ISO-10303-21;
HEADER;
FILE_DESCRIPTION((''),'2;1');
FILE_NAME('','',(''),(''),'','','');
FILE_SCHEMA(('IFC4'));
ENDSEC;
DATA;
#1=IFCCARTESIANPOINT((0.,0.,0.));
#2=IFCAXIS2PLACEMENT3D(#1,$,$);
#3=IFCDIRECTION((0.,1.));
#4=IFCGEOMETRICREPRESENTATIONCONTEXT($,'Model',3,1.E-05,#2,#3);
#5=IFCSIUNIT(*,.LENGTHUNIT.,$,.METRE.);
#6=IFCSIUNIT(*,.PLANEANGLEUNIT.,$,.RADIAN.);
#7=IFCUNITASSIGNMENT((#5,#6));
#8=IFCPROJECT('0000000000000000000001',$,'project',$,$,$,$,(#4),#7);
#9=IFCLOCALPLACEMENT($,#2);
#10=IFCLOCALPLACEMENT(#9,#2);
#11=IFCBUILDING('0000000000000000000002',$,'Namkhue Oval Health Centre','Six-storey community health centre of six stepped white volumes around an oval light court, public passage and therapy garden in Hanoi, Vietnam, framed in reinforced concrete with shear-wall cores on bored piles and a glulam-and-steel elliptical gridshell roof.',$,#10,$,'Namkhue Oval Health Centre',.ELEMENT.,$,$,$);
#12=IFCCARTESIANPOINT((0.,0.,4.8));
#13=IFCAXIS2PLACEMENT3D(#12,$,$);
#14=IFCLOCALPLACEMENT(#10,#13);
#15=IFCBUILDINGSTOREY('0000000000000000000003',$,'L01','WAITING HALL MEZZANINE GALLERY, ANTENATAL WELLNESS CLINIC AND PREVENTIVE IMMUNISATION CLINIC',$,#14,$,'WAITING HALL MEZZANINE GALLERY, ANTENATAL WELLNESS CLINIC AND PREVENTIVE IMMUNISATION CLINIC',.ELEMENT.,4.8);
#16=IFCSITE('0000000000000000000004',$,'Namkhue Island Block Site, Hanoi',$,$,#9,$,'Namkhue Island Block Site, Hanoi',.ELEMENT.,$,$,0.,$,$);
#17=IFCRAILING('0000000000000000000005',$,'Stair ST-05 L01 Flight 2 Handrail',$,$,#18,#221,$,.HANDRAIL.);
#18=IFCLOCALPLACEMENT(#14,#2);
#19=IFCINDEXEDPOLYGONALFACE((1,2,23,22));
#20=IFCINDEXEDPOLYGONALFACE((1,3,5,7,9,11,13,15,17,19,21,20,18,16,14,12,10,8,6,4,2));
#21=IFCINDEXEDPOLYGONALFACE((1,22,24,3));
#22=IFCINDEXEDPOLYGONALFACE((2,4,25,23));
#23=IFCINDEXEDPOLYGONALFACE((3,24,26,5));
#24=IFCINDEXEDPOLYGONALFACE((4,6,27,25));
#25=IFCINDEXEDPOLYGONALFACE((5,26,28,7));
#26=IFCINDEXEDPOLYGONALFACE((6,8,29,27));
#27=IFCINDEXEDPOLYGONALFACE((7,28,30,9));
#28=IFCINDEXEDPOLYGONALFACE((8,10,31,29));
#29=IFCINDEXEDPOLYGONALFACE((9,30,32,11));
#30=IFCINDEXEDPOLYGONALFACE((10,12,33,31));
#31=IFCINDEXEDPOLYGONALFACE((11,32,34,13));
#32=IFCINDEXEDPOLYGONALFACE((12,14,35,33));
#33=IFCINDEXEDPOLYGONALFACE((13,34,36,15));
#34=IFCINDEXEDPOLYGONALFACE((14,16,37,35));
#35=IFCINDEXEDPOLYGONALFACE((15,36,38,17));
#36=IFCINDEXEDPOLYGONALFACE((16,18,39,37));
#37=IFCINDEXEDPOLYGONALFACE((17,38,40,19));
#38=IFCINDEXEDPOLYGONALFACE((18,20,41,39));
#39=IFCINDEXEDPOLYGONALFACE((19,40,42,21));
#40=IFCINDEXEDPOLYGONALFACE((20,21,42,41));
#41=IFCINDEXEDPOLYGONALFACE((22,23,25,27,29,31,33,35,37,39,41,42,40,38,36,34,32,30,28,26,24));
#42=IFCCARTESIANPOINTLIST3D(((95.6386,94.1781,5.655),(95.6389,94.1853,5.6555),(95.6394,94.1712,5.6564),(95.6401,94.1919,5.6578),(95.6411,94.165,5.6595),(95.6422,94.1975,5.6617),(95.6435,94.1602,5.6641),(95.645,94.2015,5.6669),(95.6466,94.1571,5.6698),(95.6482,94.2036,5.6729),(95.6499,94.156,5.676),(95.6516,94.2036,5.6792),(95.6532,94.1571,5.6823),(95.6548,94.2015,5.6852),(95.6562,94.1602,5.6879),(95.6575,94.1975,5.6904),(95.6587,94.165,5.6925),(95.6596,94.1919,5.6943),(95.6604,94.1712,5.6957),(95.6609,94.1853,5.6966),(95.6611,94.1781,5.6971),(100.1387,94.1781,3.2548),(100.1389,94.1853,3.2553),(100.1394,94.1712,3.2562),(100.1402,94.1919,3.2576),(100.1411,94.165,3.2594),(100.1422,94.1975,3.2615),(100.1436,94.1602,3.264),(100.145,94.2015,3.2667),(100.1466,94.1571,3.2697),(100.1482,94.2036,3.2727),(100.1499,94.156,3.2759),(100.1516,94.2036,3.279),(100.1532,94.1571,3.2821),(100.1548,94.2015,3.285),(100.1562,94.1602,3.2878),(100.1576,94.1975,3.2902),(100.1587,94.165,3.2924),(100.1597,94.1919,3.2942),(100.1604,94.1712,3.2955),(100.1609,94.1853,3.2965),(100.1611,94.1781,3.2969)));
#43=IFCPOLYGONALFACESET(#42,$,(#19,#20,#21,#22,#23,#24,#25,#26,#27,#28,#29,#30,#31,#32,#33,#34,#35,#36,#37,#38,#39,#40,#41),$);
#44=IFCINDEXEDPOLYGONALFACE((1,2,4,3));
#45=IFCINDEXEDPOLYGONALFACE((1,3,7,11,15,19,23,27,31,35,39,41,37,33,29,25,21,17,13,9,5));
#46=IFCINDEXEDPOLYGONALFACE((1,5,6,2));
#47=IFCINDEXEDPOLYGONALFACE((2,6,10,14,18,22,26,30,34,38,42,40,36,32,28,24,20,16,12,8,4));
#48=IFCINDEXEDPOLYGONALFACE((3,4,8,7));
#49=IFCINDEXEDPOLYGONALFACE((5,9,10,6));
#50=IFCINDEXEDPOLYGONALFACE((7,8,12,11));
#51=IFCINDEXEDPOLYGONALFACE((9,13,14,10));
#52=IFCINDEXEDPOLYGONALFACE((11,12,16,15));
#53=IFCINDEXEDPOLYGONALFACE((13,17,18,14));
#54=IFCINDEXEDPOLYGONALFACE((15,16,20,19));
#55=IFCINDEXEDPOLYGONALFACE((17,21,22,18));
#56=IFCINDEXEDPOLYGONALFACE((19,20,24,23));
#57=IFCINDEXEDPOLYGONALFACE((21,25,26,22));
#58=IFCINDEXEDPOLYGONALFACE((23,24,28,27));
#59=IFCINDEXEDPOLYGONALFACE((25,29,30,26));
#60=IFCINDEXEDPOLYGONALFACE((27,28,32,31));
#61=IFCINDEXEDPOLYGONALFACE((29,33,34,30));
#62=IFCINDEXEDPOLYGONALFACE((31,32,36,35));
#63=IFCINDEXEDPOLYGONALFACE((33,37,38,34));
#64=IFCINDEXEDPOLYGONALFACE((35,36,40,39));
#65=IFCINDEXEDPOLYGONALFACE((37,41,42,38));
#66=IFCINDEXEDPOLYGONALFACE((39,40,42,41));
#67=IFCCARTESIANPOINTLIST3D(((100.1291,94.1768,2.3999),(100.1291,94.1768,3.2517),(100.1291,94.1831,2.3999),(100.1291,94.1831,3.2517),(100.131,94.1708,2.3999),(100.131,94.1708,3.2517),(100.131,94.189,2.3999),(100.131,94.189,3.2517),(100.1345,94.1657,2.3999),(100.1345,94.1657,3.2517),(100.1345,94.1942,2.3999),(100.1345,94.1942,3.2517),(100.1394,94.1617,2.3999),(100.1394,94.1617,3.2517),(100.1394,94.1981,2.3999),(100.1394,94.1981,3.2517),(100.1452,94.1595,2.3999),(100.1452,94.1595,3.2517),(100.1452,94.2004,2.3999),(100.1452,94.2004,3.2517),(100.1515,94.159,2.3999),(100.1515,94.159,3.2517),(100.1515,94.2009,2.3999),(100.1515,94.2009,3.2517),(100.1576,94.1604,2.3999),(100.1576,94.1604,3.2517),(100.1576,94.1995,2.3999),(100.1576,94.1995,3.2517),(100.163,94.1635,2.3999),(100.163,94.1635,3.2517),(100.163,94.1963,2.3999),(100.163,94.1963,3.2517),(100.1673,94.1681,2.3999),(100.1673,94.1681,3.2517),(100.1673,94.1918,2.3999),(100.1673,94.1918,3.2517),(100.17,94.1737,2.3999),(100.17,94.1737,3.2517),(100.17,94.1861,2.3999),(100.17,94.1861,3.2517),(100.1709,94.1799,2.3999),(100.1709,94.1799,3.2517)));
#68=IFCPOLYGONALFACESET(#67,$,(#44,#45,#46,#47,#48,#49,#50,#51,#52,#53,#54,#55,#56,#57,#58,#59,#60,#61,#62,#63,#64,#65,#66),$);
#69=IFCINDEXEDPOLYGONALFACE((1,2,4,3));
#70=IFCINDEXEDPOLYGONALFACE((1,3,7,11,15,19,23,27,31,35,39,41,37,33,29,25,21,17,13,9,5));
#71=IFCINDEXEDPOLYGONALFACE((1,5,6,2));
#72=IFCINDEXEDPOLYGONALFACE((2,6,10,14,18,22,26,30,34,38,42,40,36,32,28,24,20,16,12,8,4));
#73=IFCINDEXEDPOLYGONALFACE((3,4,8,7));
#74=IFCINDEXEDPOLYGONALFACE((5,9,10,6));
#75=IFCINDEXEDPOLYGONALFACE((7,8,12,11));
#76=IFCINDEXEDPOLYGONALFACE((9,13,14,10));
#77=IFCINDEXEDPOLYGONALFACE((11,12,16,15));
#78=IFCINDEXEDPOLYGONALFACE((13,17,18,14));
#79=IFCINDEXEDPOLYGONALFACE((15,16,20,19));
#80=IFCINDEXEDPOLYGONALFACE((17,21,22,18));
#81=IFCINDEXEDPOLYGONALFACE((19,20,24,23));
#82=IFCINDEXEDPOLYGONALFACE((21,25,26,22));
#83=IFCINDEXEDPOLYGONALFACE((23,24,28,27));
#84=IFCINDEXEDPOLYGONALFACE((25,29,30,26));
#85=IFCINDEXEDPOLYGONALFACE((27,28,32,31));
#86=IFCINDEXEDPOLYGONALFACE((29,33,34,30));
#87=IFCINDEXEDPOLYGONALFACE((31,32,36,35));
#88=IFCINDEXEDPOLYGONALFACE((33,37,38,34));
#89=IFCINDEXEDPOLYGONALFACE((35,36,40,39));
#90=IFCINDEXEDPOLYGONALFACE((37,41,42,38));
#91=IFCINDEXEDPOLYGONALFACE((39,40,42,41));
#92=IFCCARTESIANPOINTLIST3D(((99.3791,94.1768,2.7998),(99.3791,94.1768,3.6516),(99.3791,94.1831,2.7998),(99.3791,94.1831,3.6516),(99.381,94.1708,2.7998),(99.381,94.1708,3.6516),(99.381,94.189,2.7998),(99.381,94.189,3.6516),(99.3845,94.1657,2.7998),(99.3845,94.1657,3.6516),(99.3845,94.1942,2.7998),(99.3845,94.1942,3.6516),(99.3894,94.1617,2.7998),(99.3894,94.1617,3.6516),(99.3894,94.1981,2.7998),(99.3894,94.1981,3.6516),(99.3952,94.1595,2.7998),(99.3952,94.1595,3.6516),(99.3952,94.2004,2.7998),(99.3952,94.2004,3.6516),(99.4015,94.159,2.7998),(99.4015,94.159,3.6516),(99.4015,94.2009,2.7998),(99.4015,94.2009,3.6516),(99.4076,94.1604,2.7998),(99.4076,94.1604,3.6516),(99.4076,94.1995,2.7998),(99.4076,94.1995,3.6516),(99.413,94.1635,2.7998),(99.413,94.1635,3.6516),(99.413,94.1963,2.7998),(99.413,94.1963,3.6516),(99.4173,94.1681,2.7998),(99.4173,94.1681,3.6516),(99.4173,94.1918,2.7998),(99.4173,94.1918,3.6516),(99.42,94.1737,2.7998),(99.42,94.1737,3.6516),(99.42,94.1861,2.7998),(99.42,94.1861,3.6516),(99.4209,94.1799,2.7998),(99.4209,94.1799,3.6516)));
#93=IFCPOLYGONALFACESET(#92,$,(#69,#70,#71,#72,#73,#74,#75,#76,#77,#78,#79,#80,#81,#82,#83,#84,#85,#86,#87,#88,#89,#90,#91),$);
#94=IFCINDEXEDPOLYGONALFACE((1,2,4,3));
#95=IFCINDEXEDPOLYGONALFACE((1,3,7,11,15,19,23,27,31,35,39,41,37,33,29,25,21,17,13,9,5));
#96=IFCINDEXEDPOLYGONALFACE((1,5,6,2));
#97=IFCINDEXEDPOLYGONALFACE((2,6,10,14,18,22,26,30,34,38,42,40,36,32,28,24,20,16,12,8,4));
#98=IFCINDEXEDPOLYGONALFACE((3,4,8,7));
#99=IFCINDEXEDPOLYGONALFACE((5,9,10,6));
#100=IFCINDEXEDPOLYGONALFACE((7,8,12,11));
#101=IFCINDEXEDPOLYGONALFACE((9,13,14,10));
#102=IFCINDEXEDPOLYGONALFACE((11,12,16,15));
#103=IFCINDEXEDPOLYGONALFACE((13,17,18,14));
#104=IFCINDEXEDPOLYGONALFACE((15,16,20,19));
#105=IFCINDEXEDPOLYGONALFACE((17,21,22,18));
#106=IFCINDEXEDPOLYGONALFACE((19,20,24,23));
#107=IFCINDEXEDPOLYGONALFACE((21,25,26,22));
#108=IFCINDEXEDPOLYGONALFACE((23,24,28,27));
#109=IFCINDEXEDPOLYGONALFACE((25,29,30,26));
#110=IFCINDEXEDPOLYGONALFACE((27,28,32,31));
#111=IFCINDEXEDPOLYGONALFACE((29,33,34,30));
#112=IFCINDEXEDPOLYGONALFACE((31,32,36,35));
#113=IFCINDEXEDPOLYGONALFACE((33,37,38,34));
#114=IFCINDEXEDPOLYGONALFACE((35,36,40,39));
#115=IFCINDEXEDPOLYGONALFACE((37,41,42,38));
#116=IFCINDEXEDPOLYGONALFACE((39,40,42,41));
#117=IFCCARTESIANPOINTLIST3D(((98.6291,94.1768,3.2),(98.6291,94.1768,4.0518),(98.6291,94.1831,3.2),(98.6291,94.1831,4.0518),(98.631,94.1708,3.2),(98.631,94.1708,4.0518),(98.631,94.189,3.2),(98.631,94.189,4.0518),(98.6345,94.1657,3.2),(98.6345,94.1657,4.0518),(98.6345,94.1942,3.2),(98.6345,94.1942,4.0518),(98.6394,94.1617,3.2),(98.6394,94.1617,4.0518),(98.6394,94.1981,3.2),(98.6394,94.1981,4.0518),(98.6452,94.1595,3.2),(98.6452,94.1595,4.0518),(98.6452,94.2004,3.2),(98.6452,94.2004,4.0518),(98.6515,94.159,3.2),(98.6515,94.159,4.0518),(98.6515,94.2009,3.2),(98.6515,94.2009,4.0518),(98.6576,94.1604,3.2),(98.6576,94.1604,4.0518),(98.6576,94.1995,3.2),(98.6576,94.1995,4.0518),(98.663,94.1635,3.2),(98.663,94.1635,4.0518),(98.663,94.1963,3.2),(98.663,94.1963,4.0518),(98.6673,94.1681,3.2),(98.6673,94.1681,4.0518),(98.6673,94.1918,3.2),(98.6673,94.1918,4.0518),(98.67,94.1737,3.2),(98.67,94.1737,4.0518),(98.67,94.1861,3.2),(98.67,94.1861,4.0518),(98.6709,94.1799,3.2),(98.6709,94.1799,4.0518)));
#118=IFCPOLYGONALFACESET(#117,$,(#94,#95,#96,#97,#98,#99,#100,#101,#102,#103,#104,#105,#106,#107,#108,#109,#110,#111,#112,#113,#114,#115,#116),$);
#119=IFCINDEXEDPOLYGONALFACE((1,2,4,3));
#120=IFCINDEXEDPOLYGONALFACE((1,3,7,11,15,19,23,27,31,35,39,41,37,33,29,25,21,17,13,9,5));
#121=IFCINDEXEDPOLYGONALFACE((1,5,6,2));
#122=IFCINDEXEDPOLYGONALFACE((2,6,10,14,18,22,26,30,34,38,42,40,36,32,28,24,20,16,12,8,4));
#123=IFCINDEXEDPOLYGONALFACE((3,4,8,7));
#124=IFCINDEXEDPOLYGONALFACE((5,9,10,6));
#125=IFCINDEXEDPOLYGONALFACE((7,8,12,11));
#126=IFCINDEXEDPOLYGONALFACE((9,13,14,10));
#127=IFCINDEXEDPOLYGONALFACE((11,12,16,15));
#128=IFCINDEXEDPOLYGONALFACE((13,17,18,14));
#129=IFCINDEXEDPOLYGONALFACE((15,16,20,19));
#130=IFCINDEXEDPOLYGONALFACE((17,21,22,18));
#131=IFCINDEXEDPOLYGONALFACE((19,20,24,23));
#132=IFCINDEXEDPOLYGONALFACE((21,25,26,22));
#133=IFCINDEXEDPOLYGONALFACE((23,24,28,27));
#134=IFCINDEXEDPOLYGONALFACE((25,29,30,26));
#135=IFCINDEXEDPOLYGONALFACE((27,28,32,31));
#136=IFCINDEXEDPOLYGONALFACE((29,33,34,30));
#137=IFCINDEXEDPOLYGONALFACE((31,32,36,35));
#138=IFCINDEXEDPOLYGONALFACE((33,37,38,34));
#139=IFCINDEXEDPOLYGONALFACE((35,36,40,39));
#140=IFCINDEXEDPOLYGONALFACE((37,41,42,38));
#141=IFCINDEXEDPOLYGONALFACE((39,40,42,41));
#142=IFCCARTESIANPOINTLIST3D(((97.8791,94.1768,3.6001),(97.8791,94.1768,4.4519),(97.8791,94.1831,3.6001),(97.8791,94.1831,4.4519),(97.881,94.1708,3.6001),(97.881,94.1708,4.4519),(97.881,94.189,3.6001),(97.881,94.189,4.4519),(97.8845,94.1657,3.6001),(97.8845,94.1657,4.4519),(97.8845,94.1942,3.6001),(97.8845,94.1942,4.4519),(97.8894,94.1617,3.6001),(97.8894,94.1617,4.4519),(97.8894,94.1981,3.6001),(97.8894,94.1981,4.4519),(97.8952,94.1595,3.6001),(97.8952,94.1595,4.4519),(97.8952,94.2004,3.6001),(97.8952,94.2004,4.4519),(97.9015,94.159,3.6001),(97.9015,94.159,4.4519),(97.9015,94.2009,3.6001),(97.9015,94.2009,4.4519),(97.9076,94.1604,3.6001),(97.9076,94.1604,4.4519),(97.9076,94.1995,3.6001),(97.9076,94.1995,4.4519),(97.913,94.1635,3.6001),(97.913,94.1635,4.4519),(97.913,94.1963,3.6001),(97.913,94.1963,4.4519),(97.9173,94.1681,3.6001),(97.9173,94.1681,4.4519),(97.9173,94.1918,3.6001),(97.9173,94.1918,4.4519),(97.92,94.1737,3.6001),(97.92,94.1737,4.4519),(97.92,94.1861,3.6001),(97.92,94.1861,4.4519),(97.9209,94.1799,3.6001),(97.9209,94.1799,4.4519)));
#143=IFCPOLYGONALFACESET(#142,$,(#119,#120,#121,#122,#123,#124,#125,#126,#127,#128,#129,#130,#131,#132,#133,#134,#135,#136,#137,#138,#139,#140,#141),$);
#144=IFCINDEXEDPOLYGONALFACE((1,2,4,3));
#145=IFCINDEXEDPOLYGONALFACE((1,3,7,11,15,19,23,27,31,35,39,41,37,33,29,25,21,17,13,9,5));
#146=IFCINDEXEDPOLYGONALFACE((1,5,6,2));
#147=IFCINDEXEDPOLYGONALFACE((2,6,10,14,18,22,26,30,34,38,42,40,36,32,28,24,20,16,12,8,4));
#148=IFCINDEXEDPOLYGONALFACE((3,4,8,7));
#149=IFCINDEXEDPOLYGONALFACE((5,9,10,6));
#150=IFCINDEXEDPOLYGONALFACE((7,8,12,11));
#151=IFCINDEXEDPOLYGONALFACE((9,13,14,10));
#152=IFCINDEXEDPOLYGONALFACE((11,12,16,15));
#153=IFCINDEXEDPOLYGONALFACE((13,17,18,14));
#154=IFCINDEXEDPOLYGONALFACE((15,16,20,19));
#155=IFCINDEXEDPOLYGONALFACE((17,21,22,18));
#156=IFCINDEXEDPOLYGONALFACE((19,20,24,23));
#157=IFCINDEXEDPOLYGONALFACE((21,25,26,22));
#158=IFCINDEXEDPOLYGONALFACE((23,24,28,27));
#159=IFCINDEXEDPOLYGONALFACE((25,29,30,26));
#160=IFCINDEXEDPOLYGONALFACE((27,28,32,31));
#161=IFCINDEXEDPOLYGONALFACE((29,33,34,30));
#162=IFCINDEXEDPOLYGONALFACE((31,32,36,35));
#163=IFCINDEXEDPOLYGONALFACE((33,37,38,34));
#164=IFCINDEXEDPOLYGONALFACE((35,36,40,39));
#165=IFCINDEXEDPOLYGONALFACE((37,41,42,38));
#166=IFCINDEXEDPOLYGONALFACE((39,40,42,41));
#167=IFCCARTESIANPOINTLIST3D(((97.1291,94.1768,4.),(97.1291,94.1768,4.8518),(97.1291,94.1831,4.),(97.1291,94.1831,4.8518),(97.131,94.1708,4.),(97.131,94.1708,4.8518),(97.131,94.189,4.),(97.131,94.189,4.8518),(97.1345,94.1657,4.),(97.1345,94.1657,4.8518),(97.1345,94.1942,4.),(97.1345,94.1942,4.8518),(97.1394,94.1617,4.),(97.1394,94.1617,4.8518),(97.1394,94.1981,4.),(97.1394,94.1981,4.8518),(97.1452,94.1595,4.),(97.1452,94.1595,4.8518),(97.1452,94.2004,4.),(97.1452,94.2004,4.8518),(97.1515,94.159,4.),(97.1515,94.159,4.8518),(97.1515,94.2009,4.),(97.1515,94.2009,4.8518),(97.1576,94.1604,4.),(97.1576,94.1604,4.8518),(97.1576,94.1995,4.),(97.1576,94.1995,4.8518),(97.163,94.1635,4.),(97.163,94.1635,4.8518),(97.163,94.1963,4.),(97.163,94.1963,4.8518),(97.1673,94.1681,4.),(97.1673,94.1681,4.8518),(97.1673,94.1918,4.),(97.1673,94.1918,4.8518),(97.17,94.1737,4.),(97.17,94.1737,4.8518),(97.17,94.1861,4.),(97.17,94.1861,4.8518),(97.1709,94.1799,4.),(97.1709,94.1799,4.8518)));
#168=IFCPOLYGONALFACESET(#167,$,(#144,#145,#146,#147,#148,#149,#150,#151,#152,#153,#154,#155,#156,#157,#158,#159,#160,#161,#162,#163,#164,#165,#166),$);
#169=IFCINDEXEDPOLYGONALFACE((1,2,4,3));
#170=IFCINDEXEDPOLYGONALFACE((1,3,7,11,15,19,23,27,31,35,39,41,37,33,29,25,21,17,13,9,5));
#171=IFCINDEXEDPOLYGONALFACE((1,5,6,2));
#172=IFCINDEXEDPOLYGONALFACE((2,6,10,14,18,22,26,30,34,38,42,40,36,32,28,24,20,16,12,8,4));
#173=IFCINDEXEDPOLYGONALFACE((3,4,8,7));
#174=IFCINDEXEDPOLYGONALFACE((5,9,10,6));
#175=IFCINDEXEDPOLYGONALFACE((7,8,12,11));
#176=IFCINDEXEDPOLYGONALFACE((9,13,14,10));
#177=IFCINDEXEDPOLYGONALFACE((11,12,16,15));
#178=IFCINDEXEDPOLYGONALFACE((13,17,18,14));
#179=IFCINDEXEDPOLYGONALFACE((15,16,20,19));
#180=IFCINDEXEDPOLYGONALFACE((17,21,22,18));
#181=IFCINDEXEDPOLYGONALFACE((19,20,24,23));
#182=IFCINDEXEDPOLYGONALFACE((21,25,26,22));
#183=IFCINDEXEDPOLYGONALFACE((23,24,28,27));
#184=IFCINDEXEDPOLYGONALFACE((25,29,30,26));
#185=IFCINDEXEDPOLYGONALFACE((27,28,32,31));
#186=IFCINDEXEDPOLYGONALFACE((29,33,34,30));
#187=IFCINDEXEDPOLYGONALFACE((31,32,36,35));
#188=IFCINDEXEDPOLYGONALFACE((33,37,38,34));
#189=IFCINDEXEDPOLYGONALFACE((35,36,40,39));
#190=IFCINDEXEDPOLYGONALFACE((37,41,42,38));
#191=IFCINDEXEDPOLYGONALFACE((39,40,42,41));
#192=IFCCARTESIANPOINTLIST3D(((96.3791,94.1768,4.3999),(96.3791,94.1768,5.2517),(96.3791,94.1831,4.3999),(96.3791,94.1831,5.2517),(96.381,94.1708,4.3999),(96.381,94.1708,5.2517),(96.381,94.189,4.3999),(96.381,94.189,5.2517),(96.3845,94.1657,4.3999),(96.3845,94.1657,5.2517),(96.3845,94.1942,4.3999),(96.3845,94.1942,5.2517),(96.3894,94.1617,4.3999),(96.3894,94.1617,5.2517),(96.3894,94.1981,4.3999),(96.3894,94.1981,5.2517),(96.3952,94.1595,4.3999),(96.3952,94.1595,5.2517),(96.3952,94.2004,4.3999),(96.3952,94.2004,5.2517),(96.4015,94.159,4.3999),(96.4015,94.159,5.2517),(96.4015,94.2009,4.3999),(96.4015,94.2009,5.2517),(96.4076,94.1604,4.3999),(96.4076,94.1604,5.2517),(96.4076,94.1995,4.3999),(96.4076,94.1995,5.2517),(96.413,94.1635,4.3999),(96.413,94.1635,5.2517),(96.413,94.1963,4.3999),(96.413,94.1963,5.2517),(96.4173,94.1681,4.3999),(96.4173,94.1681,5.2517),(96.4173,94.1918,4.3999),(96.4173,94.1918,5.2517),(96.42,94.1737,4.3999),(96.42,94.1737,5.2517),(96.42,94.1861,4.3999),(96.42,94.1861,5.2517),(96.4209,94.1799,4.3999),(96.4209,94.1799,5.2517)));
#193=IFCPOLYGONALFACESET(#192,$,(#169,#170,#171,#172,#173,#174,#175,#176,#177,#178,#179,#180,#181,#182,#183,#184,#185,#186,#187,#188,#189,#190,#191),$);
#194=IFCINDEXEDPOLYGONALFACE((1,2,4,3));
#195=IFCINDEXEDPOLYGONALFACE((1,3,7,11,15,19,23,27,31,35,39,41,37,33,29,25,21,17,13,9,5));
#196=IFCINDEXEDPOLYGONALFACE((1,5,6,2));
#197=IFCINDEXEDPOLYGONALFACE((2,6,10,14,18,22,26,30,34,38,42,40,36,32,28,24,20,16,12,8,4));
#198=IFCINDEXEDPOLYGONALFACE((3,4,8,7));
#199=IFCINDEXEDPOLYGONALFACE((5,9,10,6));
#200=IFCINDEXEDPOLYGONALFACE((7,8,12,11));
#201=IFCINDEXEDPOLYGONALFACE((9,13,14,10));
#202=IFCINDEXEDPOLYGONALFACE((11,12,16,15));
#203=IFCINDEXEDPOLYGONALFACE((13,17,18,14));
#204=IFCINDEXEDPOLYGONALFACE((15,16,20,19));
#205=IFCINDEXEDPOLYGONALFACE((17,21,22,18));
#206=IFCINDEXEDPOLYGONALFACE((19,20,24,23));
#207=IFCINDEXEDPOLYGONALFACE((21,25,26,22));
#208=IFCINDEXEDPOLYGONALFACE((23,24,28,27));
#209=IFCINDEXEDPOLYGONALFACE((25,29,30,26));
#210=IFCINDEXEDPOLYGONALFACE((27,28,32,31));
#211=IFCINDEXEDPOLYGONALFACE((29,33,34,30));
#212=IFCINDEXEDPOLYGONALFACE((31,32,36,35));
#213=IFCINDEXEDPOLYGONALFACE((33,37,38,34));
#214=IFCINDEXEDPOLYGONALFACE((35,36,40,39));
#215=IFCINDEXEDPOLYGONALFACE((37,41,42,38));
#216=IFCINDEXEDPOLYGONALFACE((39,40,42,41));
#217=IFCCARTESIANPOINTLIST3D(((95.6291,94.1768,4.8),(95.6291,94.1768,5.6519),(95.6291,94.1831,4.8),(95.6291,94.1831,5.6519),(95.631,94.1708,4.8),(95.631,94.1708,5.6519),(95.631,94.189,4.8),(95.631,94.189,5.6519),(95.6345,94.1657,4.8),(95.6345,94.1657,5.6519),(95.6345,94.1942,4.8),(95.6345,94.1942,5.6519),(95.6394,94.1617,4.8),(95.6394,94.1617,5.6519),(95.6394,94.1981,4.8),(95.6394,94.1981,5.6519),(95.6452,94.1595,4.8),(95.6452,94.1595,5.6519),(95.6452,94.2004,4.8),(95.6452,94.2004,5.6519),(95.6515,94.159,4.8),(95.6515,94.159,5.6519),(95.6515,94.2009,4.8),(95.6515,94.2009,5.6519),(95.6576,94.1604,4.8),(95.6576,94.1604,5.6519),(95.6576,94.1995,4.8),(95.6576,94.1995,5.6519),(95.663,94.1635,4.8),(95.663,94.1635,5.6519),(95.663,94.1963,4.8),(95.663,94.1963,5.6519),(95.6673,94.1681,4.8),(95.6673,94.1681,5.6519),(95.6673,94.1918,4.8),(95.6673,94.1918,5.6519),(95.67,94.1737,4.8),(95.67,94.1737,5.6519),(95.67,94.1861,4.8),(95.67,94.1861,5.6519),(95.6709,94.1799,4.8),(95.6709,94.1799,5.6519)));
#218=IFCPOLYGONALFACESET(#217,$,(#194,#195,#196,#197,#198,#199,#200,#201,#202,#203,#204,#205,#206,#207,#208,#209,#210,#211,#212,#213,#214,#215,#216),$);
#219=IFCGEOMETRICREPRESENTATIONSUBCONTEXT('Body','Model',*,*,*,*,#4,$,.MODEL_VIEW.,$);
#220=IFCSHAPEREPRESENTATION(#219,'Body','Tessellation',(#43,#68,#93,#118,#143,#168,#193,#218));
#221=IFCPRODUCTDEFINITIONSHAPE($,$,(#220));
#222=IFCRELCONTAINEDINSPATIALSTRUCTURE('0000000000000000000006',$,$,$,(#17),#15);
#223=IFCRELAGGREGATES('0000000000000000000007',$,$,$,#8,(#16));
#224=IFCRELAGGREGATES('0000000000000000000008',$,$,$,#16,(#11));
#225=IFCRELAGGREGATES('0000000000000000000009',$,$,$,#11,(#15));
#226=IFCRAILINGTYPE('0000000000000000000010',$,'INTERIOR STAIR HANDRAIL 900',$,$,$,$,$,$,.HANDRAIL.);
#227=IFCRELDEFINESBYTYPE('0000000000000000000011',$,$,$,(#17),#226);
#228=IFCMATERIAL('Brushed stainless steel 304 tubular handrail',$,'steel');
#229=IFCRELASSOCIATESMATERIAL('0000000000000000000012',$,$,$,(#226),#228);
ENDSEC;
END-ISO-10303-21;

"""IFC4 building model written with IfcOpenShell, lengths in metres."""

from ifc_helpers import new_model, si_unit, direction, frame, origin, origin_2d, place, context, subcontext, project, spatial, circle, extrude, material, type_object, element, save


model = new_model("IFC4")

# Units and contexts
model_context = context("Model", 3, precision=1e-05, world=origin(), true_north=direction((0.0, 1.0)))
body_context = subcontext(model_context, "Body", "Model", "MODEL_VIEW")
ifc_project = project(units=[si_unit("LENGTHUNIT", "METRE"), si_unit("PLANEANGLEUNIT", "RADIAN")], contexts=[model_context])

# Site, building, storey
site_placement = place(None, origin())
site = spatial("IfcSite", under=ifc_project, at=site_placement, Name="Namkhue Island Block Site, Hanoi", LongName="Namkhue Island Block Site, Hanoi", CompositionType="ELEMENT", RefElevation=0.0)
building_placement = place(site_placement, origin())
building = spatial("IfcBuilding", under=site, at=building_placement, Name="Namkhue Oval Health Centre", Description="Six-storey community health centre of six stepped white volumes around an oval light court, public passage and therapy garden in Hanoi, Vietnam, framed in reinforced concrete with shear-wall cores on bored piles and a glulam-and-steel elliptical gridshell roof.", LongName="Namkhue Oval Health Centre", CompositionType="ELEMENT")
storey_placement = place(building_placement, frame((0.0, 0.0, 4.8)))
storey = spatial("IfcBuildingStorey", under=building, at=storey_placement, Name="L01", Description="WAITING HALL MEZZANINE GALLERY, ANTENATAL WELLNESS CLINIC AND PREVENTIVE IMMUNISATION CLINIC", LongName="WAITING HALL MEZZANINE GALLERY, ANTENATAL WELLNESS CLINIC AND PREVENTIVE IMMUNISATION CLINIC", CompositionType="ELEMENT", Elevation=4.8)

# Railing
ifc_material_1 = material(Name="Brushed stainless steel 304 tubular handrail", Category="steel")
railing_type_1 = type_object("IfcRailingType", Name="INTERIOR STAIR HANDRAIL 900", PredefinedType="HANDRAIL", material=ifc_material_1)
railing_1_placement = place(storey_placement, frame((100.1499, 94.1799, 2.3999)))
element("IfcRailing", 1, at=railing_1_placement, inside=storey, type_object=railing_type_1, Name="Stair ST-05 L01 Flight 2 Handrail", PredefinedType="HANDRAIL", context=body_context, shape_type="SweptSolid", body=[
    extrude(circle(Radius=0.0239, at=origin_2d()), frame((0.0, 0.0, 0.876), z_axis=(-0.882341, 0.0, 0.470611), x_axis=(0.0, -1.0, 0.0)), (0.0, 0.0, 1.0), 5.1001),
    extrude(circle(Radius=0.021, at=origin_2d()), origin(), (0.0, 0.0, 1.0), 0.8518),
    extrude(circle(Radius=0.021, at=origin_2d()), frame((-0.75, 0.0, 0.3999)), (0.0, 0.0, 1.0), 0.8518),
    extrude(circle(Radius=0.021, at=origin_2d()), frame((-1.5, 0.0, 0.8)), (0.0, 0.0, 1.0), 0.8518),
    extrude(circle(Radius=0.021, at=origin_2d()), frame((-2.25, 0.0, 1.2002)), (0.0, 0.0, 1.0), 0.8518),
    extrude(circle(Radius=0.021, at=origin_2d()), frame((-3.0, 0.0, 1.6001)), (0.0, 0.0, 1.0), 0.8518),
    extrude(circle(Radius=0.021, at=origin_2d()), frame((-3.75, 0.0, 2.0)), (0.0, 0.0, 1.0), 0.8518),
    extrude(circle(Radius=0.021, at=origin_2d()), frame((-4.5, 0.0, 2.4001)), (0.0, 0.0, 1.0), 0.8518),
])

save(model, "model.ifc")
